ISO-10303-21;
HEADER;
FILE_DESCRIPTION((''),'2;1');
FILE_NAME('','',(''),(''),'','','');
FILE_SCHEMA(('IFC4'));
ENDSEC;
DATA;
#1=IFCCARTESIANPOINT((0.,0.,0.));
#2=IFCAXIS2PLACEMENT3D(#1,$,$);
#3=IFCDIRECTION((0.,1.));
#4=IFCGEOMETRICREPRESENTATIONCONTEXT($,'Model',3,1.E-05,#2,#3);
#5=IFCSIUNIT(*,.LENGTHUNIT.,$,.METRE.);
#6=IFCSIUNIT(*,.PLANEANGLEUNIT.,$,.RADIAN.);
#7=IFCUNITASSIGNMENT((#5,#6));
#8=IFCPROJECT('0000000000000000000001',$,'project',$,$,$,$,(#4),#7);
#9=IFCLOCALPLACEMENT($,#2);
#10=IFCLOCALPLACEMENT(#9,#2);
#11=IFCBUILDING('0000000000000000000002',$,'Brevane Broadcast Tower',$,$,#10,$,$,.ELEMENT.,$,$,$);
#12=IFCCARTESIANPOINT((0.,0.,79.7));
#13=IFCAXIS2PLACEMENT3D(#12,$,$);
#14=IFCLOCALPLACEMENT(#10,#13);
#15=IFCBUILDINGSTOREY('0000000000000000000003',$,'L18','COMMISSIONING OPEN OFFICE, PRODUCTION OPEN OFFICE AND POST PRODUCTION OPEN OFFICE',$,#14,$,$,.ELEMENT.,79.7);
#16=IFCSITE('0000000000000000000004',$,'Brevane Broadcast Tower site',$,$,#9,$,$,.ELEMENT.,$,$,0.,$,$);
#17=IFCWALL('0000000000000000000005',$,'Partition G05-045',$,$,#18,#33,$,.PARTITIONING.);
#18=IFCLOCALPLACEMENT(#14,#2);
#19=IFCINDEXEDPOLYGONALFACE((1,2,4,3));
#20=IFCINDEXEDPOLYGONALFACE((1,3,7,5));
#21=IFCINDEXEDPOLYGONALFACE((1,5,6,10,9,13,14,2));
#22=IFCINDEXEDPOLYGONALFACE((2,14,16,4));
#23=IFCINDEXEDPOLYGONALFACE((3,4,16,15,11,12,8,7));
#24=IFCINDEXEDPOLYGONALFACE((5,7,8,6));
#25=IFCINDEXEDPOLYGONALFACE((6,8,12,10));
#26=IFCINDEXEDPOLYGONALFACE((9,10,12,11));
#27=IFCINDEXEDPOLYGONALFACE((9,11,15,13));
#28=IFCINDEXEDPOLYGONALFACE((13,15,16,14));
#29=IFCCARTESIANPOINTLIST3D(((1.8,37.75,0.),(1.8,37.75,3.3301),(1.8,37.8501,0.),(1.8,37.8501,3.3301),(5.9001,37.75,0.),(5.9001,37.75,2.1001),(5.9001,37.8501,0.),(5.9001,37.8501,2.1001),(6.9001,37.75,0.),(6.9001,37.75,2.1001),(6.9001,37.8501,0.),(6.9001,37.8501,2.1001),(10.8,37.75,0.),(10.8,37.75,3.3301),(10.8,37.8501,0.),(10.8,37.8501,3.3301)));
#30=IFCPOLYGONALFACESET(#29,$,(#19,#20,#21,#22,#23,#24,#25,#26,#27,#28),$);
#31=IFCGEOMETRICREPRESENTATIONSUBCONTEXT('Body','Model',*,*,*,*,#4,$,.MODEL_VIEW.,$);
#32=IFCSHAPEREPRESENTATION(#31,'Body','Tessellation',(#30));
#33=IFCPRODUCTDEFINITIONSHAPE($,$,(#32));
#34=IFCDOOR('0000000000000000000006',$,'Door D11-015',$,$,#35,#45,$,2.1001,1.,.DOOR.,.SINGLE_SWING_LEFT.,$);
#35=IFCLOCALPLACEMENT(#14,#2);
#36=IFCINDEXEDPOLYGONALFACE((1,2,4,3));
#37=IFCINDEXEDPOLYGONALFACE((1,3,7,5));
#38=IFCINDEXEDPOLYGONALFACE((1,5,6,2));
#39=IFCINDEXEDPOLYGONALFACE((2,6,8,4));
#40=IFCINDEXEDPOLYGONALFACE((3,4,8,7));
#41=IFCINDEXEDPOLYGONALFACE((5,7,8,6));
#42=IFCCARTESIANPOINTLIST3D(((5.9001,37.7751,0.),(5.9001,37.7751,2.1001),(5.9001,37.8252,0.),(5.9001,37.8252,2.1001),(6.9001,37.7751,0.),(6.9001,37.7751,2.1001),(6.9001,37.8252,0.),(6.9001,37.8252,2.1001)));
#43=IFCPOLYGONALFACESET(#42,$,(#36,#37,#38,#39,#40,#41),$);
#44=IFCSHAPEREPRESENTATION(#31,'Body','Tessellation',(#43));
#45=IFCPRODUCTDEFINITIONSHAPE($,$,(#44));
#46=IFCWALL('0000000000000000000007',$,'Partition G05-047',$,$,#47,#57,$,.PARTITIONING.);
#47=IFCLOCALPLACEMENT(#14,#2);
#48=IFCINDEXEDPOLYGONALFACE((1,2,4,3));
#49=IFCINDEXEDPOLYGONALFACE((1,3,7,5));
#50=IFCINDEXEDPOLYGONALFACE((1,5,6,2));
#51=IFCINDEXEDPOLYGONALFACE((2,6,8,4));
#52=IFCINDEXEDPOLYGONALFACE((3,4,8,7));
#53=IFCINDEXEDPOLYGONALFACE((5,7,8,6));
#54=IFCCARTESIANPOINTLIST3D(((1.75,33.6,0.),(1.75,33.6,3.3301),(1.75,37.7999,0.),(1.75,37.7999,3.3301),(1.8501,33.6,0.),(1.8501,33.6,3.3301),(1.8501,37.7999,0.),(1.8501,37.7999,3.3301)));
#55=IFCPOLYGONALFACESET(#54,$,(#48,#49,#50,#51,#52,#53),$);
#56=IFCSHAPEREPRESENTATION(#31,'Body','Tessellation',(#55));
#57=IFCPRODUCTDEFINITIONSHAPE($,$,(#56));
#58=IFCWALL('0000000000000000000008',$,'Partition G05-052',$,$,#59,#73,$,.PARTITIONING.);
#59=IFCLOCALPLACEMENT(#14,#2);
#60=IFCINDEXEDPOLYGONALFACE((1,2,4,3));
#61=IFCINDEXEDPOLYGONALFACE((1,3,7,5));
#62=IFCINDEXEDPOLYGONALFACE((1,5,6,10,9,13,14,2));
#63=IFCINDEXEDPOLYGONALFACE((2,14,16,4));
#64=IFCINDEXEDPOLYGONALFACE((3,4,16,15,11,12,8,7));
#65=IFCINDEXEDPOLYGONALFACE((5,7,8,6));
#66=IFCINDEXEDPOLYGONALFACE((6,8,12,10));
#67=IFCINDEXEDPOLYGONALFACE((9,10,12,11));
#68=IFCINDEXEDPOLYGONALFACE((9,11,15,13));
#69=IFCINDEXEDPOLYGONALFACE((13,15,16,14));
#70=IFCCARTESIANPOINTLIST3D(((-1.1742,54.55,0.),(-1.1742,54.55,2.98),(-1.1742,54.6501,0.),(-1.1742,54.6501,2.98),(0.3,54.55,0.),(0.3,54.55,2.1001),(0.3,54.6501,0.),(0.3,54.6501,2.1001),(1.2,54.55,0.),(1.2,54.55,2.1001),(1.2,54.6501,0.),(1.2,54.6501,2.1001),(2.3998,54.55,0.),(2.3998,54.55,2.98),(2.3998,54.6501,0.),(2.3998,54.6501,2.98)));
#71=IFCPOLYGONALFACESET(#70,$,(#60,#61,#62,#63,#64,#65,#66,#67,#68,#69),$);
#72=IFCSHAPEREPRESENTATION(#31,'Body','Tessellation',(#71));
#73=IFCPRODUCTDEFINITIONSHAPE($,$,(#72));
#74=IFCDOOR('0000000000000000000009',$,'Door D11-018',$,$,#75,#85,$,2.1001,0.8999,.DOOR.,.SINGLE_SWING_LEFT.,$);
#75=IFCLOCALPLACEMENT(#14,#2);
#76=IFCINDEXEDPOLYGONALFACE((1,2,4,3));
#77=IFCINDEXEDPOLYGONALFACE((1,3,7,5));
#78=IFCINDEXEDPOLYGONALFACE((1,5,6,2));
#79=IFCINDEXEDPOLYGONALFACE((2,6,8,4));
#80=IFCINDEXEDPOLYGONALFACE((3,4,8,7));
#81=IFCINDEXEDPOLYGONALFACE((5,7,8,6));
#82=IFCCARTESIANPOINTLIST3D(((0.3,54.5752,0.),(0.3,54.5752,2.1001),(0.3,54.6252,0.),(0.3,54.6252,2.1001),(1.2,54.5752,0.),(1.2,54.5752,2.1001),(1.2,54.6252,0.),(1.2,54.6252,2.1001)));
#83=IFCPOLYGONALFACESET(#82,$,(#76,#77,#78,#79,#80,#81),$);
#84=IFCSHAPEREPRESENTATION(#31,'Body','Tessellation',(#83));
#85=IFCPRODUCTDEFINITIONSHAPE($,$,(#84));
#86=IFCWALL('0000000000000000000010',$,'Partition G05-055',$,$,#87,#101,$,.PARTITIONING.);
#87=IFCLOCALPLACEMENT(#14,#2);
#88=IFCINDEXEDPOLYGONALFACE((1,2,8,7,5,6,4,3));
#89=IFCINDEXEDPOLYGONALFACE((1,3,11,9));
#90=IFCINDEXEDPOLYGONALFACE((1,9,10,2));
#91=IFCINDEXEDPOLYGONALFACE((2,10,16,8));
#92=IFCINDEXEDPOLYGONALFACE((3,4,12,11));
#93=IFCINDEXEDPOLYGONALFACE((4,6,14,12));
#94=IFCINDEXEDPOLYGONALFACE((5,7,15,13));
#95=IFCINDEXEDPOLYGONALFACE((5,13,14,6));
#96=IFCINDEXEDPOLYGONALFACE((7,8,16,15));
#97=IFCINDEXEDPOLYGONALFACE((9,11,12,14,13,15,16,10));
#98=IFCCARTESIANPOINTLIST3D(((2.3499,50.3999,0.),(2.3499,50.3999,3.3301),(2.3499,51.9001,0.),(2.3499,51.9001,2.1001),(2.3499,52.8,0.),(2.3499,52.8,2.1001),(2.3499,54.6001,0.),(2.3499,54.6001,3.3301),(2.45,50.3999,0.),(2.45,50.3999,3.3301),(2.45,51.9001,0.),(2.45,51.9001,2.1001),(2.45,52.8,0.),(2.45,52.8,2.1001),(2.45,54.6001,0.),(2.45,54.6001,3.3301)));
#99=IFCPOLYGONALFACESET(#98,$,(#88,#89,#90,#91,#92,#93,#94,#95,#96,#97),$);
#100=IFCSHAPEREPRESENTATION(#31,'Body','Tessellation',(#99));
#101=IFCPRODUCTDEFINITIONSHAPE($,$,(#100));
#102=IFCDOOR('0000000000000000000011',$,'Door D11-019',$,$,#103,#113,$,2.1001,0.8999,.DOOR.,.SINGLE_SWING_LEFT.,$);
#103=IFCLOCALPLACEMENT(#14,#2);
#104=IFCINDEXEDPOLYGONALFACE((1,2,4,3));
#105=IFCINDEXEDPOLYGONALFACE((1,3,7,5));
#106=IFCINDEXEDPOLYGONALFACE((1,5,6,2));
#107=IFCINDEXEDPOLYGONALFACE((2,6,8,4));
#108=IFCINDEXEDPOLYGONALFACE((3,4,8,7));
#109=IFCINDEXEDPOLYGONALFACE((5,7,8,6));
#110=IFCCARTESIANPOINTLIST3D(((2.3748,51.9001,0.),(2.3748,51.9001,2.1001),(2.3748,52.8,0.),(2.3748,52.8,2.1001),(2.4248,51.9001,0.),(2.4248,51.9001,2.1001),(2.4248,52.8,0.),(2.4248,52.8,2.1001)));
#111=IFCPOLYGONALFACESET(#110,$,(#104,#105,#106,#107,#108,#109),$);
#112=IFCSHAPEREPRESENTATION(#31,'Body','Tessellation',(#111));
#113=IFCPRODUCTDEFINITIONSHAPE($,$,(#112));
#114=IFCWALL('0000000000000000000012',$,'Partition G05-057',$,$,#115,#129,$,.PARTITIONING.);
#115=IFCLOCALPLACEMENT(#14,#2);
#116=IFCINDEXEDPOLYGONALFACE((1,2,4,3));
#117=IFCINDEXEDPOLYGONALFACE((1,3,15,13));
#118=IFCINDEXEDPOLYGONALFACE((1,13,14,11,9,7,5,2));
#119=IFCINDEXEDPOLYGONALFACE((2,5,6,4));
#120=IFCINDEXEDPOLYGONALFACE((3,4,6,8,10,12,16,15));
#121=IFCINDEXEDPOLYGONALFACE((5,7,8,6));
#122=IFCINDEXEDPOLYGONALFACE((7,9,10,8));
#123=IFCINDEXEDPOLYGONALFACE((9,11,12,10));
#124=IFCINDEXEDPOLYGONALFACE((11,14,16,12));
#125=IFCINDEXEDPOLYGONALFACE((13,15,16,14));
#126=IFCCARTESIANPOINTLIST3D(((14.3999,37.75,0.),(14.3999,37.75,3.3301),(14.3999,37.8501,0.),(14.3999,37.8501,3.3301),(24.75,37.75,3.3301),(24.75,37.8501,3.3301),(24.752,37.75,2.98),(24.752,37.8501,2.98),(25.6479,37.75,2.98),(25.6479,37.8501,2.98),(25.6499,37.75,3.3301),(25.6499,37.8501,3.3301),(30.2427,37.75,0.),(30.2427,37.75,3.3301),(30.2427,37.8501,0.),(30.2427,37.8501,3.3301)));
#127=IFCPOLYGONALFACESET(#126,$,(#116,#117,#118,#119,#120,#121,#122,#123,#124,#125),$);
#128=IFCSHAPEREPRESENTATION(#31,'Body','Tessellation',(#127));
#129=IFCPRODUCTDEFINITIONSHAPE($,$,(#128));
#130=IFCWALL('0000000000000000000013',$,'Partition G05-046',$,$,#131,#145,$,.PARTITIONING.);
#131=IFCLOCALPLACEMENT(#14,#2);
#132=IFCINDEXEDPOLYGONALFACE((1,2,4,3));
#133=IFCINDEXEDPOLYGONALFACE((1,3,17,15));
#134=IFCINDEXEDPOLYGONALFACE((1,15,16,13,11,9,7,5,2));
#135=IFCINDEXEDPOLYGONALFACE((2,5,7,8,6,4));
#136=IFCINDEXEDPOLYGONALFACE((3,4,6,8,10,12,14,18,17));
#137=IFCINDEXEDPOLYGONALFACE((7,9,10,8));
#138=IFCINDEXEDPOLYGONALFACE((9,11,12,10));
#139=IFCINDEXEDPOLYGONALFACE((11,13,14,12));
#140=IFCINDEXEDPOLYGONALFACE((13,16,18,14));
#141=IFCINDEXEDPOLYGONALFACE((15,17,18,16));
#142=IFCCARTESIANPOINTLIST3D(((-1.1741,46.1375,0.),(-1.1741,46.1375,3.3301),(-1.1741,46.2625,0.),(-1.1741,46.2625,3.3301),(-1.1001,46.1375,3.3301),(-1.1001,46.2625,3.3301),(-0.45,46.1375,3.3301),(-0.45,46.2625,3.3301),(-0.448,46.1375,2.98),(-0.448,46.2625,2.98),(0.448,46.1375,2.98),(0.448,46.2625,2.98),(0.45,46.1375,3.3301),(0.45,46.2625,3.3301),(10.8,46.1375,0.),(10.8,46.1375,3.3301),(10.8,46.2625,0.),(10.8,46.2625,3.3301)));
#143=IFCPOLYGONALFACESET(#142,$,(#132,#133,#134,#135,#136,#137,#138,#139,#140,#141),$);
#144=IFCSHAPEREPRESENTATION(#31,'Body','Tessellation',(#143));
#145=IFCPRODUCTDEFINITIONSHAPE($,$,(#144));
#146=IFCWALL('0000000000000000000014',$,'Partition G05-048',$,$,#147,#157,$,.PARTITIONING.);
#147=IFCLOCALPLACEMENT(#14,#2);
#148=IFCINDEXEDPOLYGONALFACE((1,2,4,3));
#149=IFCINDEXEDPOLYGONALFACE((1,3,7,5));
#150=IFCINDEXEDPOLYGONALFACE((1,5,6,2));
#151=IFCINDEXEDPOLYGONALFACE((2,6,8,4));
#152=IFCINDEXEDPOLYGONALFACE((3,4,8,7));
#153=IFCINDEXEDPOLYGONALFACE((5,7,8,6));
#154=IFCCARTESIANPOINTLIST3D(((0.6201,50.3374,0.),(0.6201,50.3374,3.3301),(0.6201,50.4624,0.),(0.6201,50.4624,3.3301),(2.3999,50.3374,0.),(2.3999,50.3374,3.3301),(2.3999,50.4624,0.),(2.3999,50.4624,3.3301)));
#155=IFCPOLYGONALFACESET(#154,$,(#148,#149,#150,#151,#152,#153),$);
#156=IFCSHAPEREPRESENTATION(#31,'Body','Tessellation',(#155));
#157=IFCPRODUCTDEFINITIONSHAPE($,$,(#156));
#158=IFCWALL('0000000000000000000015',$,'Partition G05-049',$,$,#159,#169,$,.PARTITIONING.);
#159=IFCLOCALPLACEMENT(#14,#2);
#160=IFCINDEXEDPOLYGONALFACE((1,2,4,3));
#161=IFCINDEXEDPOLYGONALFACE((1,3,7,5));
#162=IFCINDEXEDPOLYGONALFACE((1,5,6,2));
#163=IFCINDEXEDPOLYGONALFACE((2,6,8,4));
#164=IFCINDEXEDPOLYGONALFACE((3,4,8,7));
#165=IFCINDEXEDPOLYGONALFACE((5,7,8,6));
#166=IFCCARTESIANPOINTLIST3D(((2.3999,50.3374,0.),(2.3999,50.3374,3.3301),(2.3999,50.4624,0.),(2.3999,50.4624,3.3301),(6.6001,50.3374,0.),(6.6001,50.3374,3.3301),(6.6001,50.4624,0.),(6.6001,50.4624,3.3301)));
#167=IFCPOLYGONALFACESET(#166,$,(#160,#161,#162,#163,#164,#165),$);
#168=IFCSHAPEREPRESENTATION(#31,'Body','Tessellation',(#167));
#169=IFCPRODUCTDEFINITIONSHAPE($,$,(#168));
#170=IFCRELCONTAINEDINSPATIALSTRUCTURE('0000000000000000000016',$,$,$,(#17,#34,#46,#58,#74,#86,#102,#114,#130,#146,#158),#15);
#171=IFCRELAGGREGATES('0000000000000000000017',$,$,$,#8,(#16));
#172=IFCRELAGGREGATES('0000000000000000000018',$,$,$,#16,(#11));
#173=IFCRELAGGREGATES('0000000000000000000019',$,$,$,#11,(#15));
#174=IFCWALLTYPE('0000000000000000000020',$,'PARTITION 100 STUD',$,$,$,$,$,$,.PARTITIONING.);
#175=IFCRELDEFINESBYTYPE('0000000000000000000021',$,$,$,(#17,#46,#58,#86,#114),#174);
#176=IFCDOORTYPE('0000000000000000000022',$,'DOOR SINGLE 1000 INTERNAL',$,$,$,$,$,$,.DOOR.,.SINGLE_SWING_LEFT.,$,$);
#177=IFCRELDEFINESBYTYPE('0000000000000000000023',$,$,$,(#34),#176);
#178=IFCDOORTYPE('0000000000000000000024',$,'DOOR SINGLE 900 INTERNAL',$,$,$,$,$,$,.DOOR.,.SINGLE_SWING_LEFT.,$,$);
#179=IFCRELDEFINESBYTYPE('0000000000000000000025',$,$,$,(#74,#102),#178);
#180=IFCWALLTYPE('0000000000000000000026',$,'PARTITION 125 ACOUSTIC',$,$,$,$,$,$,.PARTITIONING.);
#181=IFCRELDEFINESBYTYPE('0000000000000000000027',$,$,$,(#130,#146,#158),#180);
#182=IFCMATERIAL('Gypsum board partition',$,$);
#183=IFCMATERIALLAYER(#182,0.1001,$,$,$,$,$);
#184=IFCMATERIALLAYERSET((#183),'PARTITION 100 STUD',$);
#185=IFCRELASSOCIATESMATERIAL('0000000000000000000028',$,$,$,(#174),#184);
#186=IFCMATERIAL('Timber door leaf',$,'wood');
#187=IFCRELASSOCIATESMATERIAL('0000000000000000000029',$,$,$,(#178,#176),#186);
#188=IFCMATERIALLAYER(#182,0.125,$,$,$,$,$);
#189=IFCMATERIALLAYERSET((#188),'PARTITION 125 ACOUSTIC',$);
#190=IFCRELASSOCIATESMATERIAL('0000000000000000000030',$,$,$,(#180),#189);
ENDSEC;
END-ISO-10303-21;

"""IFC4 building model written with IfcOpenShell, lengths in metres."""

from ifc_helpers import new_model, si_unit, direction, frame, frame_2d, origin, place, context, subcontext, project, spatial, polyline, rectangle, outline, extrude, material, layer, layer_set, type_object, element, fill, save


model = new_model("IFC4")

# Units and contexts
model_context = context("Model", 3, precision=1e-05, world=origin(), true_north=direction((0.0, 1.0)))
body_context = subcontext(model_context, "Body", "Model", "MODEL_VIEW")
ifc_project = project(units=[si_unit("LENGTHUNIT", "METRE"), si_unit("PLANEANGLEUNIT", "RADIAN")], contexts=[model_context])

# Site, building, storey
site_placement = place(None, origin())
site = spatial("IfcSite", under=ifc_project, at=site_placement, Name="Brevane Broadcast Tower site", CompositionType="ELEMENT", RefElevation=0.0)
building_placement = place(site_placement, origin())
building = spatial("IfcBuilding", under=site, at=building_placement, Name="Brevane Broadcast Tower", CompositionType="ELEMENT")
storey_placement = place(building_placement, frame((0.0, 0.0, 79.7)))
storey = spatial("IfcBuildingStorey", under=building, at=storey_placement, Name="L18", Description="COMMISSIONING OPEN OFFICE, PRODUCTION OPEN OFFICE AND POST PRODUCTION OPEN OFFICE", CompositionType="ELEMENT", Elevation=79.7)

# Wall, opening, door
ifc_material_1 = material(Name="Gypsum board partition")
ifc_layer_1 = layer(ifc_material_1, 0.1001)
ifc_layer_set_1 = layer_set([ifc_layer_1], Name="PARTITION 100 STUD")
wall_type_1 = type_object("IfcWallType", Name="PARTITION 100 STUD", PredefinedType="PARTITIONING", material=ifc_layer_set_1)
ifc_material_2 = material(Name="Timber door leaf", Category="wood")
door_type_1 = type_object("IfcDoorType", Name="DOOR SINGLE 900 INTERNAL", OperationType="SINGLE_SWING_LEFT", PredefinedType="DOOR", material=ifc_material_2)
wall_1_placement = place(storey_placement, frame((10.8, 37.8, 0.0), z_axis=(0.0, 0.0, 1.0), x_axis=(-1.0, 0.0, 0.0)))
wall_1 = element("IfcWall", 1, at=wall_1_placement, inside=storey, type_object=wall_type_1, Name="Partition G05-045", PredefinedType="PARTITIONING", context=body_context, shape_type="SweptSolid", body=[
    extrude(rectangle(XDim=9.0, YDim=0.1001, at=frame_2d((4.5, 0.0))), origin(), (0.0, 0.0, 1.0), 3.3301),
])
opening_1_placement = place(wall_1_placement, frame((3.8999, 0.0, 0.0)))
opening_1 = element("IfcOpeningElement", 2, at=opening_1_placement, cuts=wall_1, PredefinedType="OPENING", context=body_context, shape_type="SweptSolid", body=[
    extrude(rectangle(XDim=1.0, YDim=2.1001, at=frame_2d((0.5, 1.05))), frame((0.0, 0.0601, 0.0), z_axis=(0.0, -1.0, 0.0), x_axis=(1.0, 0.0, 0.0)), (0.0, 0.0, 1.0), 0.1201),
])
door_type_2 = type_object("IfcDoorType", Name="DOOR SINGLE 1000 INTERNAL", OperationType="SINGLE_SWING_LEFT", PredefinedType="DOOR", material=ifc_material_2)
door_1_placement = place(opening_1_placement, origin())
door_1 = element("IfcDoor", 3, at=door_1_placement, inside=storey, type_object=door_type_2, Name="Door D11-015", OperationType="SINGLE_SWING_LEFT", OverallHeight=2.1001, OverallWidth=1.0, PredefinedType="DOOR", context=body_context, shape_type="SweptSolid", body=[
    extrude(rectangle(XDim=1.0, YDim=2.1001, at=frame_2d((0.5, 1.05))), frame((0.0, 0.0249, 0.0), z_axis=(0.0, -1.0, 0.0), x_axis=(1.0, 0.0, 0.0)), (0.0, 0.0, 1.0), 0.05),
])
fill(opening_1, door_1)

# Wall
wall_2_placement = place(storey_placement, frame((1.8, 37.8, 0.0), z_axis=(0.0, 0.0, 1.0), x_axis=(0.0, -1.0, 0.0)))
element("IfcWall", 4, at=wall_2_placement, inside=storey, type_object=wall_type_1, Name="Partition G05-047", PredefinedType="PARTITIONING", context=body_context, shape_type="SweptSolid", body=[
    extrude(rectangle(XDim=4.2, YDim=0.1001, at=frame_2d((2.1001, 0.0))), origin(), (0.0, 0.0, 1.0), 3.3301),
])

# Walls, openings, doors
wall_3_placement = place(storey_placement, frame((2.3999, 54.6001, 0.0), z_axis=(0.0, 0.0, 1.0), x_axis=(-1.0, 0.0, 0.0)))
wall_3 = element("IfcWall", 5, at=wall_3_placement, inside=storey, type_object=wall_type_1, Name="Partition G05-052", PredefinedType="PARTITIONING", context=body_context, shape_type="SweptSolid", body=[
    extrude(rectangle(XDim=3.574, YDim=0.1001, at=frame_2d((1.7871, 0.0))), origin(), (0.0, 0.0, 1.0), 2.98),
])
opening_2_placement = place(wall_3_placement, frame((1.2, 0.0, 0.0)))
opening_2 = element("IfcOpeningElement", 6, at=opening_2_placement, cuts=wall_3, PredefinedType="OPENING", context=body_context, shape_type="SweptSolid", body=[
    extrude(rectangle(XDim=0.8999, YDim=2.1001, at=frame_2d((0.45, 1.05))), frame((0.0, 0.0601, 0.0), z_axis=(0.0, -1.0, 0.0), x_axis=(1.0, 0.0, 0.0)), (0.0, 0.0, 1.0), 0.1201),
])
door_2_placement = place(opening_2_placement, origin())
door_2 = element("IfcDoor", 7, at=door_2_placement, inside=storey, type_object=door_type_1, Name="Door D11-018", OperationType="SINGLE_SWING_LEFT", OverallHeight=2.1001, OverallWidth=0.8999, PredefinedType="DOOR", context=body_context, shape_type="SweptSolid", body=[
    extrude(rectangle(XDim=0.8999, YDim=2.1001, at=frame_2d((0.45, 1.05))), frame((0.0, 0.0249, 0.0), z_axis=(0.0, -1.0, 0.0), x_axis=(1.0, 0.0, 0.0)), (0.0, 0.0, 1.0), 0.05),
])
fill(opening_2, door_2)
wall_4_placement = place(storey_placement, frame((2.3999, 54.6001, 0.0), z_axis=(0.0, 0.0, 1.0), x_axis=(0.0, -1.0, 0.0)))
wall_4 = element("IfcWall", 8, at=wall_4_placement, inside=storey, type_object=wall_type_1, Name="Partition G05-055", PredefinedType="PARTITIONING", context=body_context, shape_type="SweptSolid", body=[
    extrude(rectangle(XDim=4.2002, YDim=0.1001, at=frame_2d((2.1001, 0.0))), origin(), (0.0, 0.0, 1.0), 3.3301),
])
opening_3_placement = place(wall_4_placement, frame((1.8, 0.0, 0.0)))
opening_3 = element("IfcOpeningElement", 9, at=opening_3_placement, cuts=wall_4, PredefinedType="OPENING", context=body_context, shape_type="SweptSolid", body=[
    extrude(rectangle(XDim=0.8999, YDim=2.1001, at=frame_2d((0.45, 1.05))), frame((0.0, 0.0601, 0.0), z_axis=(0.0, -1.0, 0.0), x_axis=(1.0, 0.0, 0.0)), (0.0, 0.0, 1.0), 0.1201),
])
door_3_placement = place(opening_3_placement, origin())
door_3 = element("IfcDoor", 10, at=door_3_placement, inside=storey, type_object=door_type_1, Name="Door D11-019", OperationType="SINGLE_SWING_LEFT", OverallHeight=2.1001, OverallWidth=0.8999, PredefinedType="DOOR", context=body_context, shape_type="SweptSolid", body=[
    extrude(rectangle(XDim=0.8999, YDim=2.1001, at=frame_2d((0.45, 1.05))), frame((0.0, 0.0249, 0.0), z_axis=(0.0, -1.0, 0.0), x_axis=(1.0, 0.0, 0.0)), (0.0, 0.0, 1.0), 0.05),
])
fill(opening_3, door_3)

# Walls
wall_5_placement = place(storey_placement, frame((14.3999, 37.8, 0.0), z_axis=(0.0, 0.0, 1.0), x_axis=(1.0, 0.0, 0.0)))
element("IfcWall", 11, at=wall_5_placement, inside=storey, type_object=wall_type_1, Name="Partition G05-057", PredefinedType="PARTITIONING", context=body_context, shape_type="SweptSolid", body=[
    extrude(outline(polyline([(0.0, 0.0), (15.8428, 0.0), (15.8428, 3.3301), (11.25, 3.3301), (11.248, 2.98), (10.3521, 2.98), (10.3501, 3.3301), (0.0, 3.3301), (0.0, 0.0)])), frame((0.0, 0.05, 0.0), z_axis=(0.0, -1.0, 0.0), x_axis=(1.0, 0.0, 0.0)), (0.0, 0.0, 1.0), 0.1001),
])
ifc_layer_2 = layer(ifc_material_1, 0.125)
ifc_layer_set_2 = layer_set([ifc_layer_2], Name="PARTITION 125 ACOUSTIC")
wall_type_2 = type_object("IfcWallType", Name="PARTITION 125 ACOUSTIC", PredefinedType="PARTITIONING", material=ifc_layer_set_2)
wall_6_placement = place(storey_placement, frame((-1.1741, 46.2, 0.0), z_axis=(0.0, 0.0, 1.0), x_axis=(1.0, 0.0, 0.0)))
element("IfcWall", 12, at=wall_6_placement, inside=storey, type_object=wall_type_2, Name="Partition G05-046", PredefinedType="PARTITIONING", context=body_context, shape_type="SweptSolid", body=[
    extrude(outline(polyline([(0.0, 0.0), (11.9741, 0.0), (11.9741, 3.3301), (1.624, 3.3301), (1.6221, 2.98), (0.7261, 2.98), (0.7241, 3.3301), (0.074, 3.3301), (0.0, 3.3301), (0.0, 0.0)])), frame((0.0, 0.0625, 0.0), z_axis=(0.0, -1.0, 0.0), x_axis=(1.0, 0.0, 0.0)), (0.0, 0.0, 1.0), 0.125),
])
wall_7_placement = place(storey_placement, frame((0.6201, 50.3999, 0.0), z_axis=(0.0, 0.0, 1.0), x_axis=(1.0, 0.0, 0.0)))
element("IfcWall", 13, at=wall_7_placement, inside=storey, type_object=wall_type_2, Name="Partition G05-048", PredefinedType="PARTITIONING", context=body_context, shape_type="SweptSolid", body=[
    extrude(rectangle(XDim=1.7798, YDim=0.125, at=frame_2d((0.8899, 0.0))), origin(), (0.0, 0.0, 1.0), 3.3301),
])
wall_8_placement = place(storey_placement, frame((2.3999, 50.3999, 0.0), z_axis=(0.0, 0.0, 1.0), x_axis=(1.0, 0.0, 0.0)))
element("IfcWall", 14, at=wall_8_placement, inside=storey, type_object=wall_type_2, Name="Partition G05-049", PredefinedType="PARTITIONING", context=body_context, shape_type="SweptSolid", body=[
    extrude(rectangle(XDim=4.2002, YDim=0.125, at=frame_2d((2.1001, 0.0))), origin(), (0.0, 0.0, 1.0), 3.3301),
])

save(model, "model.ifc")
